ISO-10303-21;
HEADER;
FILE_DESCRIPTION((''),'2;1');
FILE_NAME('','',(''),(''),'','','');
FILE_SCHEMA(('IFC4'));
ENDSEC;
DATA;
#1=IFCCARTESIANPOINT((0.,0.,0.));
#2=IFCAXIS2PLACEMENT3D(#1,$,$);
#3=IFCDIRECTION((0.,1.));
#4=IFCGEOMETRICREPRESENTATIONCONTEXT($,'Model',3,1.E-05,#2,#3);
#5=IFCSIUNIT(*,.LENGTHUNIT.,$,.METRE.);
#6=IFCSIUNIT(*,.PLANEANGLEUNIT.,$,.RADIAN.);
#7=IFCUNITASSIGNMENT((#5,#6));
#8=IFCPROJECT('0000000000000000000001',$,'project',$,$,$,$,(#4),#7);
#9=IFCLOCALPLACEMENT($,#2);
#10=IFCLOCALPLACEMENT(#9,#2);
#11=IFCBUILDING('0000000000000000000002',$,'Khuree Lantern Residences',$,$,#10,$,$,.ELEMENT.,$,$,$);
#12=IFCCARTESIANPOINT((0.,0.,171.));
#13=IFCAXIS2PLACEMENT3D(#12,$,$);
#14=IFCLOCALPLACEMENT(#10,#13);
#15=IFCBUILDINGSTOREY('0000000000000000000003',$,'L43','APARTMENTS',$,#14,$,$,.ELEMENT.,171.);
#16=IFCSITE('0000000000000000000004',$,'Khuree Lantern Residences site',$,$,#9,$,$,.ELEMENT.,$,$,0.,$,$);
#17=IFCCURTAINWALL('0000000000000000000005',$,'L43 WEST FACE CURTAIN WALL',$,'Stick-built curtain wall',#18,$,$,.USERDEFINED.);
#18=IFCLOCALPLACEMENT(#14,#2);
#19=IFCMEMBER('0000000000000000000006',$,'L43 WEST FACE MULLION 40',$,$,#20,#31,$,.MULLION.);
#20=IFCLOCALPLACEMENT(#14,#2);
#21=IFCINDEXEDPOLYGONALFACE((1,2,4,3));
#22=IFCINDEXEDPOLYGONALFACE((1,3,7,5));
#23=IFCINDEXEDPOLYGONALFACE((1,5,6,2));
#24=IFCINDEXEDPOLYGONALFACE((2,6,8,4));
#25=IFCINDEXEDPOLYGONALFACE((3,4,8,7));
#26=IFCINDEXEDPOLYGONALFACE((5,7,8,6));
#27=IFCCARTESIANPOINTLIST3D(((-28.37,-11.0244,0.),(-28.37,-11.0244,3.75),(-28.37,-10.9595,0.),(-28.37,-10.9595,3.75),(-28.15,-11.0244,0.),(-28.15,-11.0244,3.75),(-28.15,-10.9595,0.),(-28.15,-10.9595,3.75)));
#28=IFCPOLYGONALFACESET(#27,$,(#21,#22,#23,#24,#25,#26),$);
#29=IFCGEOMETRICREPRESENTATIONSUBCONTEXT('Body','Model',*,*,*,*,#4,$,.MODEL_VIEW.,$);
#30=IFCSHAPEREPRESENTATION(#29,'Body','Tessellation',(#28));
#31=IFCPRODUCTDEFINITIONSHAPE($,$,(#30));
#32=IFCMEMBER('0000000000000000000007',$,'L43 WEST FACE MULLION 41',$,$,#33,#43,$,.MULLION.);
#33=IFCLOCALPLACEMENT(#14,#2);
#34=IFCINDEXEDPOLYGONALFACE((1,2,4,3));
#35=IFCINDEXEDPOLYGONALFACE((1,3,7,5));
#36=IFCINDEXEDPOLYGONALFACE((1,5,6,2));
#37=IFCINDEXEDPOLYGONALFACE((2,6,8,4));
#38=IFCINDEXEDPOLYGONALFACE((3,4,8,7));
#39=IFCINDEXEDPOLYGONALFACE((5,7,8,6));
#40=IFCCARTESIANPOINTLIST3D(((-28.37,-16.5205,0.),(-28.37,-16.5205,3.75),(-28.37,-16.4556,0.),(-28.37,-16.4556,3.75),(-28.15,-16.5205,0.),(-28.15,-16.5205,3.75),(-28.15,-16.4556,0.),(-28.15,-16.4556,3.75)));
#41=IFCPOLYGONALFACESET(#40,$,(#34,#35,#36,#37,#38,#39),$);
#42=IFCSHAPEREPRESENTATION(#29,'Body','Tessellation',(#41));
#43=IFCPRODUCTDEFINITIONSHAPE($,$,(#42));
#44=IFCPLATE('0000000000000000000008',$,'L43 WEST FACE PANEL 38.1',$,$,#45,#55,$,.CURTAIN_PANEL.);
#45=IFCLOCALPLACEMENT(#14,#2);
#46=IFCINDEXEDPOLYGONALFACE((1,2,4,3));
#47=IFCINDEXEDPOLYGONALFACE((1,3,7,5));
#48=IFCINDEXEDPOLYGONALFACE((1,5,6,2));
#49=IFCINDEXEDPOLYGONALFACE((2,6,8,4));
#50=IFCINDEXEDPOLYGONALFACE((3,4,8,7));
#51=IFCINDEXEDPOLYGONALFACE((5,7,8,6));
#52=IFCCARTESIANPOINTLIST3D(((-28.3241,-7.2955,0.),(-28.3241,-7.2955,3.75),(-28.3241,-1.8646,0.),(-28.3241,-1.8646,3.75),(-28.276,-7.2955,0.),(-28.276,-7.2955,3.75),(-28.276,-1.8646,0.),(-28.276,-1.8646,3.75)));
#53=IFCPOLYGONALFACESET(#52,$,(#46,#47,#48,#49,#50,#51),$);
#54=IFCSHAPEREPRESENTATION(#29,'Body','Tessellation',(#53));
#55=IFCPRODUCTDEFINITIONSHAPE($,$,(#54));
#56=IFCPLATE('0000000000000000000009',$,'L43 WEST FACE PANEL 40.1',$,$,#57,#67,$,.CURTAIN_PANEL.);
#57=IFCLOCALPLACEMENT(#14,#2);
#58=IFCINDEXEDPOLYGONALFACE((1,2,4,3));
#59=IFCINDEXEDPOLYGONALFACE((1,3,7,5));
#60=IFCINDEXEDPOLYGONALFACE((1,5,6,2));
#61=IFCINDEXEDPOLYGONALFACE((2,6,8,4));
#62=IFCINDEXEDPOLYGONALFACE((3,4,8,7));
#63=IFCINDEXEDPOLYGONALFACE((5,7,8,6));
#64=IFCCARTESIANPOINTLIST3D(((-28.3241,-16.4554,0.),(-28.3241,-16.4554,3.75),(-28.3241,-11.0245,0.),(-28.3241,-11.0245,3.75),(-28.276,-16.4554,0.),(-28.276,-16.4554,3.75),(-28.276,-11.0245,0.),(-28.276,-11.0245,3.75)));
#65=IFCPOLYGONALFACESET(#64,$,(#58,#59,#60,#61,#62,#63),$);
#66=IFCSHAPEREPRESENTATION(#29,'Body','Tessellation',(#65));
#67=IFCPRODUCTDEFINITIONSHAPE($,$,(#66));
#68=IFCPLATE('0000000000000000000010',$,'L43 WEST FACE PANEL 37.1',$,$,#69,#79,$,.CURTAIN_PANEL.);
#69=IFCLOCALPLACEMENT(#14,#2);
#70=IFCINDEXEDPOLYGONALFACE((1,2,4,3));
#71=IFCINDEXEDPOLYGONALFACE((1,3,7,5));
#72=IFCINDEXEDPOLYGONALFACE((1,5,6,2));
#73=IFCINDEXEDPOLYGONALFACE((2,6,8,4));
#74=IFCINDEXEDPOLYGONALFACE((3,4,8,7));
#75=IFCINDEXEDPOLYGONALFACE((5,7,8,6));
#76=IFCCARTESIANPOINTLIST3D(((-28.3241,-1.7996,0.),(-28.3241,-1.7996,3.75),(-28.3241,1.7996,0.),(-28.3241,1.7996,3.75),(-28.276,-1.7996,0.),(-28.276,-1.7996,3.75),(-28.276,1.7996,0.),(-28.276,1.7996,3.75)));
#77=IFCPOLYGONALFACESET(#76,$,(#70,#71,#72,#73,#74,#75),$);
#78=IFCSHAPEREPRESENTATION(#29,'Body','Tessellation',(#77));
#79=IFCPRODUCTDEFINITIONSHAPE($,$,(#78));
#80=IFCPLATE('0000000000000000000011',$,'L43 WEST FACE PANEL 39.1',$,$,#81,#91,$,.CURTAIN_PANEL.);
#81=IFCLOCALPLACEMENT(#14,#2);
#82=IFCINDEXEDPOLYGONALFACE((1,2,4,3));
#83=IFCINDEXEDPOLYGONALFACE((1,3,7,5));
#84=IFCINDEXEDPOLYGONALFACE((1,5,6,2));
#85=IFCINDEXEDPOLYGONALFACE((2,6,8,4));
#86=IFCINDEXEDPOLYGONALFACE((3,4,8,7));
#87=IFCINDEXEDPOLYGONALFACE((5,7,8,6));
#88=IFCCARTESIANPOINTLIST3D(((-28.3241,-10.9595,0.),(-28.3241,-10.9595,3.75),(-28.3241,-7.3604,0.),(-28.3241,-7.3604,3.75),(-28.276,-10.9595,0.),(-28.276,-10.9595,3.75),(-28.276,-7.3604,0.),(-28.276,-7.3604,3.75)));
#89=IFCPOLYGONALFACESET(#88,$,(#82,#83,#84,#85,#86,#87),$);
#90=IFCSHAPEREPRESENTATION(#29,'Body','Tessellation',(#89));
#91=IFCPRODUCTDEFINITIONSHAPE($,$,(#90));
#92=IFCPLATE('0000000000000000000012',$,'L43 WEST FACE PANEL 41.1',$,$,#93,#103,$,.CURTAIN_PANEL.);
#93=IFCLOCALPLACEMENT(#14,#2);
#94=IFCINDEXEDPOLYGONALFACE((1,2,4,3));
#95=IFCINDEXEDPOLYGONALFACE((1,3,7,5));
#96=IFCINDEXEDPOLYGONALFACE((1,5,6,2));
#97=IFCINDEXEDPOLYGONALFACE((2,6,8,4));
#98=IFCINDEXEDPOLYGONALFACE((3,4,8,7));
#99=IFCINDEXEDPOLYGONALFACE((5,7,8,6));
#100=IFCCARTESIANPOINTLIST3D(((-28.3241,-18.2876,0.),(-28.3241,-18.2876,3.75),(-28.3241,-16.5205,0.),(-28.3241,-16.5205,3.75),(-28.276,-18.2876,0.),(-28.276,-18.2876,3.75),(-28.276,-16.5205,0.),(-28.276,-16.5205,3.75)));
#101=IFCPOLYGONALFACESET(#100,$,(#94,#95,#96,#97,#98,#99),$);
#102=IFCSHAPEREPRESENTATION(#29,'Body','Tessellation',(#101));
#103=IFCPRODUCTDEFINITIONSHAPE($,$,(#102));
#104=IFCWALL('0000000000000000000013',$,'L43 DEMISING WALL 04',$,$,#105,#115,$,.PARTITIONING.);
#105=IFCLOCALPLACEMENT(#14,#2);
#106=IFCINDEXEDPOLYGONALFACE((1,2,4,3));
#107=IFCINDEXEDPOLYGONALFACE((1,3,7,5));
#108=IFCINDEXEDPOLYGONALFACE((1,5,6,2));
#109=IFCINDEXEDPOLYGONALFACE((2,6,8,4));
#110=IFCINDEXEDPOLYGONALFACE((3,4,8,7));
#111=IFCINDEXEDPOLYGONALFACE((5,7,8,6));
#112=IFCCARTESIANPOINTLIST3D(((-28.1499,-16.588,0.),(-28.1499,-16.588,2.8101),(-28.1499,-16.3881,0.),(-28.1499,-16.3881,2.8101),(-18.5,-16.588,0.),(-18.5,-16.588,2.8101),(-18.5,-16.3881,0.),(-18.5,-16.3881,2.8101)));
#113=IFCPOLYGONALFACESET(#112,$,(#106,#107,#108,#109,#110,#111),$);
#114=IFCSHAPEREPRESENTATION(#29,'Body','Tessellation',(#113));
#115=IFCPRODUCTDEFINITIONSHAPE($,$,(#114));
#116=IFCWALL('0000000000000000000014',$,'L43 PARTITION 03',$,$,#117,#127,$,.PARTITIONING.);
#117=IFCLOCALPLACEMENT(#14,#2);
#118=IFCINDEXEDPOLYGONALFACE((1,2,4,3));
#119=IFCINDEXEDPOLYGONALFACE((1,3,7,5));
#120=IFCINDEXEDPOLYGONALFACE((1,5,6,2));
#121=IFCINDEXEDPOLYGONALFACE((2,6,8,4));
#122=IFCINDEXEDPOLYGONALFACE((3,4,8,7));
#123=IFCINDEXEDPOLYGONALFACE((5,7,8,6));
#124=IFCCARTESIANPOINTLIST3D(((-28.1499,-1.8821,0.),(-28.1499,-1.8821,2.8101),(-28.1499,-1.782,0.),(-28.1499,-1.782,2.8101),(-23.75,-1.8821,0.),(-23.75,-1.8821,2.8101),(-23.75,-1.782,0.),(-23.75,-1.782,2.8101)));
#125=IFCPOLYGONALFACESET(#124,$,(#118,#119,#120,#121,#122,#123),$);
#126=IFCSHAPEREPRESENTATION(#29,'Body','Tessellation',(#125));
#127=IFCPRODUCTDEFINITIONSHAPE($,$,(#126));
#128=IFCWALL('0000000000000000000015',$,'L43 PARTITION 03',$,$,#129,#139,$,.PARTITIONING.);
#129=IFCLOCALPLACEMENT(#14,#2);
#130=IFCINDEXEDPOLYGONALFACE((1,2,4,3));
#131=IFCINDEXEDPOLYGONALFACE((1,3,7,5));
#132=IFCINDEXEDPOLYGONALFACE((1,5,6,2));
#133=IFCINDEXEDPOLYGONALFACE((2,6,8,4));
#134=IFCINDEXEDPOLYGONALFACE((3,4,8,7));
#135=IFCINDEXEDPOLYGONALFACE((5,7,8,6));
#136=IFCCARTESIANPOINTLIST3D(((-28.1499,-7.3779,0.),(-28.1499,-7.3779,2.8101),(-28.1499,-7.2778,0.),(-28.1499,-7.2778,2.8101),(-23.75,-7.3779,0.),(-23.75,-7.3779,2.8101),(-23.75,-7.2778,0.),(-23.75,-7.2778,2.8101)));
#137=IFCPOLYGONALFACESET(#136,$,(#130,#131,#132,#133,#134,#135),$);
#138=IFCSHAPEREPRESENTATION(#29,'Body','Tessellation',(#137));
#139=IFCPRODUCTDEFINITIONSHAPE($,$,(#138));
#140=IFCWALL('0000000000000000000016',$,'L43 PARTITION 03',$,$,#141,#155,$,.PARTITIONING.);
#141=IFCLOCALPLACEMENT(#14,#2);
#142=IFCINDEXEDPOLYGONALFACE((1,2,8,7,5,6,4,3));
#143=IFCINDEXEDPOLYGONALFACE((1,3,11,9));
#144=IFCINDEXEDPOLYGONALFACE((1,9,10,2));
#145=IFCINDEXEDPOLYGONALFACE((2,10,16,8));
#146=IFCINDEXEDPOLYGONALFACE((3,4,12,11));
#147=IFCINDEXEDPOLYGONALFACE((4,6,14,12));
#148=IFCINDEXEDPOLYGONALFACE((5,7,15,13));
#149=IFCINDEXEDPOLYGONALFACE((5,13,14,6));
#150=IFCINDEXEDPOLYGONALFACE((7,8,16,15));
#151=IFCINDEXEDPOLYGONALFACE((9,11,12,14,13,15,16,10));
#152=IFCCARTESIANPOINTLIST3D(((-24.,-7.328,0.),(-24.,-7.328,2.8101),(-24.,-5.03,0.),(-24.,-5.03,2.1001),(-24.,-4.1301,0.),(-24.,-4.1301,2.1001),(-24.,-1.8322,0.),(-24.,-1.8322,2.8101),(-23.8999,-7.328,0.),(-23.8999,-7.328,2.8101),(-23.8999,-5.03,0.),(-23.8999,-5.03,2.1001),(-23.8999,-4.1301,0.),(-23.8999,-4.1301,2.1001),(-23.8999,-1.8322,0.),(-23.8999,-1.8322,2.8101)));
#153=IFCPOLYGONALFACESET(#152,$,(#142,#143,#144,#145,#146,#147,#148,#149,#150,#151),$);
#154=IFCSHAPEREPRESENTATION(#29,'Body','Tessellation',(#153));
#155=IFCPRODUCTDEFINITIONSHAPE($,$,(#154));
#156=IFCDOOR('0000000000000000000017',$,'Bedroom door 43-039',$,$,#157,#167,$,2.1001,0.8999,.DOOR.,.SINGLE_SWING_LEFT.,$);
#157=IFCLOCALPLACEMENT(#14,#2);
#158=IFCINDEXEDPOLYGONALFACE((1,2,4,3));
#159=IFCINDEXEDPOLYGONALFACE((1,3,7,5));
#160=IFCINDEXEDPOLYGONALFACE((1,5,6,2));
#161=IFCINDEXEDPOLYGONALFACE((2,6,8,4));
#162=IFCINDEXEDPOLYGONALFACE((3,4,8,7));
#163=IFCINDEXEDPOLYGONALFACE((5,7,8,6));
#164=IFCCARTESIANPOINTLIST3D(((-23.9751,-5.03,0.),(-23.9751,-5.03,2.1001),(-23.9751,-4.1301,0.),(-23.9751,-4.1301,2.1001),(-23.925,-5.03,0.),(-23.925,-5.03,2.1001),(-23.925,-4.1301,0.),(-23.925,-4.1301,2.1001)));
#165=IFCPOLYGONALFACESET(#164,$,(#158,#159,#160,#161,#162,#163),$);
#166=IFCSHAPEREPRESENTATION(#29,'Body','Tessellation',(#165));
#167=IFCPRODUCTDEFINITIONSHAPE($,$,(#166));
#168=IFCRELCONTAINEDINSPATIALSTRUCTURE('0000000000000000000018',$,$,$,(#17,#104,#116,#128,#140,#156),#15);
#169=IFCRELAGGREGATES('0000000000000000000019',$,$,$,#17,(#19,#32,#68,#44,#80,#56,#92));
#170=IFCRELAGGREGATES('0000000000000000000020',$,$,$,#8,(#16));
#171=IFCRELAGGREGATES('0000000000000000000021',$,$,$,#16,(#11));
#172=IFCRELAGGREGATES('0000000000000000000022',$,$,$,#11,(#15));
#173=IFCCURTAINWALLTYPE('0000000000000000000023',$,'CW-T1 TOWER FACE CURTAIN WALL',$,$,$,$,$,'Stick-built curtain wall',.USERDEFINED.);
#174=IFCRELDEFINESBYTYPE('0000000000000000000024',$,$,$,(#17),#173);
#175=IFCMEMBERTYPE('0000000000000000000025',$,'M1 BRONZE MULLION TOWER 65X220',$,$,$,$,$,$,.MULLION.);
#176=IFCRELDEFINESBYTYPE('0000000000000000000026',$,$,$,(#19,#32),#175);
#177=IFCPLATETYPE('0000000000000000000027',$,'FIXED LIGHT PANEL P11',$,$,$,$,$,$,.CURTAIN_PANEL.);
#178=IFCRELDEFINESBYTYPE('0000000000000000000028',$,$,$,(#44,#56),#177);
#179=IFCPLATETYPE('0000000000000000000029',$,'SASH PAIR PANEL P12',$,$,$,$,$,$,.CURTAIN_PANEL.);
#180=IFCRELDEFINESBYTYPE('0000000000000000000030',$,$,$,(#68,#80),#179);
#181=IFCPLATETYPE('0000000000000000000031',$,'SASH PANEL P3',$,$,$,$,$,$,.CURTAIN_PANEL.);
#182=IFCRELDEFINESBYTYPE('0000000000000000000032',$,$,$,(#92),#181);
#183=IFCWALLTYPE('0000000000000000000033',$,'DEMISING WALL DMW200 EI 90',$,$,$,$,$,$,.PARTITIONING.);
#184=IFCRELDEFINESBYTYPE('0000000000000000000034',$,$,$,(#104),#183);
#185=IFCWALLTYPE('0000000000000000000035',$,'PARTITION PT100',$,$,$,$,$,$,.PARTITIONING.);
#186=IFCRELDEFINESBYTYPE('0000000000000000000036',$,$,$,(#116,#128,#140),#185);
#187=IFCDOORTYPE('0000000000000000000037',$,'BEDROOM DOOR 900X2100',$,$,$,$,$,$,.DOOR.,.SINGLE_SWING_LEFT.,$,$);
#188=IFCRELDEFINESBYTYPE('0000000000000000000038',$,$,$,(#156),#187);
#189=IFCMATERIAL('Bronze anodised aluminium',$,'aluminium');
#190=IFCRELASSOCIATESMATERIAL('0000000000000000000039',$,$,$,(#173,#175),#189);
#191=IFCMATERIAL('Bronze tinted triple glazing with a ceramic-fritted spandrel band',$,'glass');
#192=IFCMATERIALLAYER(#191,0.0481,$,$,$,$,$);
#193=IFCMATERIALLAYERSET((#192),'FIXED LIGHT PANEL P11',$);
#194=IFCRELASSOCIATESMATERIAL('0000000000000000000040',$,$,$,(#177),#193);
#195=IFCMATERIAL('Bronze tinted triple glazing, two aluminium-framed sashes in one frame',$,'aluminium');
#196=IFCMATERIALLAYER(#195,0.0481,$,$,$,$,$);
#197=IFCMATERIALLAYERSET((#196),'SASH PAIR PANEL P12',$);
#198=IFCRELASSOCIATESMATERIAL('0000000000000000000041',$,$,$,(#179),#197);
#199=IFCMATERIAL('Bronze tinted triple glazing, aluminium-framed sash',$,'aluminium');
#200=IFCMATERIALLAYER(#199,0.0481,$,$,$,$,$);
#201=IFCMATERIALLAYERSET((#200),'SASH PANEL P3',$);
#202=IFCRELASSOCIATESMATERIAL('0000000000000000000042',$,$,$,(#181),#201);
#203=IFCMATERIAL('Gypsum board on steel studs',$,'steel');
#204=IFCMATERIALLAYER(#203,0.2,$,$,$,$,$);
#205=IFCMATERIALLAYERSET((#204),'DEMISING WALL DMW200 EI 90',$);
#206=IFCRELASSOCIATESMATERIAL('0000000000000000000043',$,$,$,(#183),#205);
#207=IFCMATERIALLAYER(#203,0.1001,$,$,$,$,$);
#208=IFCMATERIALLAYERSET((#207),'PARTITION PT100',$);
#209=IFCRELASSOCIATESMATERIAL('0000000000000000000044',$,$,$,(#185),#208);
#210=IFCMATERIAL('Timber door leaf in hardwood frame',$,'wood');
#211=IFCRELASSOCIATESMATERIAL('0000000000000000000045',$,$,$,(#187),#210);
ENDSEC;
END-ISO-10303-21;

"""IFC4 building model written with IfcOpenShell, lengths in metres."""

from ifc_helpers import new_model, si_unit, direction, frame, frame_2d, origin, origin_2d, place, context, subcontext, project, spatial, rectangle, extrude, material, layer, layer_set, material_profile, profile_set, type_object, element, fill, aggregate, save


model = new_model("IFC4")

# Units and contexts
model_context = context("Model", 3, precision=1e-05, world=origin(), true_north=direction((0.0, 1.0)))
body_context = subcontext(model_context, "Body", "Model", "MODEL_VIEW")
ifc_project = project(units=[si_unit("LENGTHUNIT", "METRE"), si_unit("PLANEANGLEUNIT", "RADIAN")], contexts=[model_context])

# Site, building, storey
site_placement = place(None, origin())
site = spatial("IfcSite", under=ifc_project, at=site_placement, Name="Khuree Lantern Residences site", CompositionType="ELEMENT", RefElevation=0.0)
building_placement = place(site_placement, origin())
building = spatial("IfcBuilding", under=site, at=building_placement, Name="Khuree Lantern Residences", CompositionType="ELEMENT")
storey_placement = place(building_placement, frame((0.0, 0.0, 171.0)))
storey = spatial("IfcBuildingStorey", under=building, at=storey_placement, Name="L43", Description="APARTMENTS", CompositionType="ELEMENT", Elevation=171.0)

# Curtain wall
ifc_material_1 = material(Name="Bronze anodised aluminium", Category="aluminium")
curtain_wall_type = type_object("IfcCurtainWallType", Name="CW-T1 TOWER FACE CURTAIN WALL", ElementType="Stick-built curtain wall", PredefinedType="USERDEFINED", material=ifc_material_1)
curtain_wall_placement = place(storey_placement, origin())
curtain_wall = element("IfcCurtainWall", 1, at=curtain_wall_placement, inside=storey, type_object=curtain_wall_type, Name="L43 WEST FACE CURTAIN WALL", ObjectType="Stick-built curtain wall", PredefinedType="USERDEFINED")

# Members
ifc_material_profile_1 = material_profile(ifc_material_1, rectangle(XDim=0.0649, YDim=0.22, at=origin_2d()), Name="M1 65X220")
ifc_profile_set_1 = profile_set([ifc_material_profile_1], Name="Bronze anodised aluminium")
member_type_1 = type_object("IfcMemberType", Name="M1 BRONZE MULLION TOWER 65X220", PredefinedType="MULLION", material=ifc_profile_set_1)
member_1_placement = place(storey_placement, frame((-28.26, -10.9919, 0.0), z_axis=(0.0, 0.0, 1.0), x_axis=(0.0, -1.0, 0.0)))
member_1 = element("IfcMember", 2, at=member_1_placement, type_object=member_type_1, Name="L43 WEST FACE MULLION 40", PredefinedType="MULLION", context=body_context, shape_type="SweptSolid", body=[
    extrude(rectangle(XDim=0.0649, YDim=0.22, at=origin_2d()), origin(), (0.0, 0.0, 1.0), 3.75),
])
member_2_placement = place(storey_placement, frame((-28.26, -16.488, 0.0), z_axis=(0.0, 0.0, 1.0), x_axis=(0.0, -1.0, 0.0)))
member_2 = element("IfcMember", 3, at=member_2_placement, type_object=member_type_1, Name="L43 WEST FACE MULLION 41", PredefinedType="MULLION", context=body_context, shape_type="SweptSolid", body=[
    extrude(rectangle(XDim=0.0649, YDim=0.22, at=origin_2d()), origin(), (0.0, 0.0, 1.0), 3.75),
])

# Plates
ifc_material_2 = material(Name="Bronze tinted triple glazing with a ceramic-fritted spandrel band", Category="glass")
ifc_layer_1 = layer(ifc_material_2, 0.0481)
ifc_layer_set_1 = layer_set([ifc_layer_1], Name="FIXED LIGHT PANEL P11")
plate_type_1 = type_object("IfcPlateType", Name="FIXED LIGHT PANEL P11", PredefinedType="CURTAIN_PANEL", material=ifc_layer_set_1)
plate_1_placement = place(storey_placement, frame((-28.3, -4.5801, 0.0), z_axis=(0.0, 0.0, 1.0), x_axis=(0.0, -1.0, 0.0)))
plate_1 = element("IfcPlate", 4, at=plate_1_placement, type_object=plate_type_1, Name="L43 WEST FACE PANEL 38.1", PredefinedType="CURTAIN_PANEL", context=body_context, shape_type="SweptSolid", body=[
    extrude(rectangle(XDim=5.4309, YDim=0.0481, at=origin_2d()), origin(), (0.0, 0.0, 1.0), 3.75),
])
plate_2_placement = place(storey_placement, frame((-28.3, -13.74, 0.0), z_axis=(0.0, 0.0, 1.0), x_axis=(0.0, -1.0, 0.0)))
plate_2 = element("IfcPlate", 5, at=plate_2_placement, type_object=plate_type_1, Name="L43 WEST FACE PANEL 40.1", PredefinedType="CURTAIN_PANEL", context=body_context, shape_type="SweptSolid", body=[
    extrude(rectangle(XDim=5.4309, YDim=0.0481, at=origin_2d()), origin(), (0.0, 0.0, 1.0), 3.75),
])
ifc_material_3 = material(Name="Bronze tinted triple glazing, two aluminium-framed sashes in one frame", Category="aluminium")
ifc_layer_2 = layer(ifc_material_3, 0.0481)
ifc_layer_set_2 = layer_set([ifc_layer_2], Name="SASH PAIR PANEL P12")
plate_type_2 = type_object("IfcPlateType", Name="SASH PAIR PANEL P12", PredefinedType="CURTAIN_PANEL", material=ifc_layer_set_2)
plate_3_placement = place(storey_placement, frame((-28.3, 0.0, 0.0), z_axis=(0.0, 0.0, 1.0), x_axis=(0.0, -1.0, 0.0)))
plate_3 = element("IfcPlate", 6, at=plate_3_placement, type_object=plate_type_2, Name="L43 WEST FACE PANEL 37.1", PredefinedType="CURTAIN_PANEL", context=body_context, shape_type="SweptSolid", body=[
    extrude(rectangle(XDim=3.5991, YDim=0.0481, at=origin_2d()), origin(), (0.0, 0.0, 1.0), 3.75),
])
plate_4_placement = place(storey_placement, frame((-28.3, -9.1599, 0.0), z_axis=(0.0, 0.0, 1.0), x_axis=(0.0, -1.0, 0.0)))
plate_4 = element("IfcPlate", 7, at=plate_4_placement, type_object=plate_type_2, Name="L43 WEST FACE PANEL 39.1", PredefinedType="CURTAIN_PANEL", context=body_context, shape_type="SweptSolid", body=[
    extrude(rectangle(XDim=3.5991, YDim=0.0481, at=origin_2d()), origin(), (0.0, 0.0, 1.0), 3.75),
])
ifc_material_4 = material(Name="Bronze tinted triple glazing, aluminium-framed sash", Category="aluminium")
ifc_layer_3 = layer(ifc_material_4, 0.0481)
ifc_layer_set_3 = layer_set([ifc_layer_3], Name="SASH PANEL P3")
plate_type_3 = type_object("IfcPlateType", Name="SASH PANEL P3", PredefinedType="CURTAIN_PANEL", material=ifc_layer_set_3)
plate_5_placement = place(storey_placement, frame((-28.3, -17.4041, 0.0), z_axis=(0.0, 0.0, 1.0), x_axis=(0.0, -1.0, 0.0)))
plate_5 = element("IfcPlate", 8, at=plate_5_placement, type_object=plate_type_3, Name="L43 WEST FACE PANEL 41.1", PredefinedType="CURTAIN_PANEL", context=body_context, shape_type="SweptSolid", body=[
    extrude(rectangle(XDim=1.7671, YDim=0.0481, at=origin_2d()), origin(), (0.0, 0.0, 1.0), 3.75),
])
aggregate(curtain_wall, [member_1, member_2, plate_3, plate_1, plate_4, plate_2, plate_5])

# Walls
ifc_material_5 = material(Name="Gypsum board on steel studs", Category="steel")
ifc_layer_4 = layer(ifc_material_5, 0.2)
ifc_layer_set_4 = layer_set([ifc_layer_4], Name="DEMISING WALL DMW200 EI 90")
wall_type_1 = type_object("IfcWallType", Name="DEMISING WALL DMW200 EI 90", PredefinedType="PARTITIONING", material=ifc_layer_set_4)
wall_1_placement = place(storey_placement, frame((-18.5, -16.488, 0.0), z_axis=(0.0, 0.0, 1.0), x_axis=(-1.0, 0.0, 0.0)))
element("IfcWall", 9, at=wall_1_placement, inside=storey, type_object=wall_type_1, Name="L43 DEMISING WALL 04", PredefinedType="PARTITIONING", context=body_context, shape_type="SweptSolid", body=[
    extrude(rectangle(XDim=9.6499, YDim=0.2, at=frame_2d((4.825, 0.0))), origin(), (0.0, 0.0, 1.0), 2.8101),
])
ifc_layer_5 = layer(ifc_material_5, 0.1001)
ifc_layer_set_5 = layer_set([ifc_layer_5], Name="PARTITION PT100")
wall_type_2 = type_object("IfcWallType", Name="PARTITION PT100", PredefinedType="PARTITIONING", material=ifc_layer_set_5)
for number, where, z_axis, x_axis, name in (
    (10, (-23.75, -1.832, 0.0), (0.0, 0.0, 1.0), (-1.0, 0.0, 0.0), "L43 PARTITION 03"),
    (11, (-23.75, -7.3279, 0.0), (0.0, 0.0, 1.0), (-1.0, 0.0, 0.0), "L43 PARTITION 03"),
):
    element("IfcWall", number, at=place(storey_placement, frame(where, z_axis=z_axis, x_axis=x_axis)), inside=storey, type_object=wall_type_2, Name=name, PredefinedType="PARTITIONING", context=body_context, shape_type="SweptSolid", body=[
        extrude(rectangle(XDim=4.3999, YDim=0.1001, at=frame_2d((2.2, 0.0))), origin(), (0.0, 0.0, 1.0), 2.8101),
    ])

# Wall, opening, door
wall_2_placement = place(storey_placement, frame((-23.95, -1.832, 0.0), z_axis=(0.0, 0.0, 1.0), x_axis=(0.0, -1.0, 0.0)))
wall_2 = element("IfcWall", 12, at=wall_2_placement, inside=storey, type_object=wall_type_2, Name="L43 PARTITION 03", PredefinedType="PARTITIONING", context=body_context, shape_type="SweptSolid", body=[
    extrude(rectangle(XDim=5.4958, YDim=0.1001, at=frame_2d((2.748, 0.0))), origin(), (0.0, 0.0, 1.0), 2.8101),
])
opening_placement = place(wall_2_placement, frame((2.2981, 0.0, 0.0)))
opening = element("IfcOpeningElement", 13, at=opening_placement, cuts=wall_2, PredefinedType="OPENING", context=body_context, shape_type="SweptSolid", body=[
    extrude(rectangle(XDim=0.8999, YDim=2.1001, at=frame_2d((0.45, 1.05))), frame((0.0, 0.0601, 0.0), z_axis=(0.0, -1.0, 0.0), x_axis=(1.0, 0.0, 0.0)), (0.0, 0.0, 1.0), 0.1201),
])
ifc_material_6 = material(Name="Timber door leaf in hardwood frame", Category="wood")
door_type = type_object("IfcDoorType", Name="BEDROOM DOOR 900X2100", OperationType="SINGLE_SWING_LEFT", PredefinedType="DOOR", material=ifc_material_6)
door_placement = place(opening_placement, origin())
door = element("IfcDoor", 14, at=door_placement, inside=storey, type_object=door_type, Name="Bedroom door 43-039", OperationType="SINGLE_SWING_LEFT", OverallHeight=2.1001, OverallWidth=0.8999, PredefinedType="DOOR", context=body_context, shape_type="SweptSolid", body=[
    extrude(rectangle(XDim=0.8999, YDim=2.1001, at=frame_2d((0.45, 1.05))), frame((0.0, 0.0249, 0.0), z_axis=(0.0, -1.0, 0.0), x_axis=(1.0, 0.0, 0.0)), (0.0, 0.0, 1.0), 0.05),
])
fill(opening, door)

save(model, "model.ifc")
